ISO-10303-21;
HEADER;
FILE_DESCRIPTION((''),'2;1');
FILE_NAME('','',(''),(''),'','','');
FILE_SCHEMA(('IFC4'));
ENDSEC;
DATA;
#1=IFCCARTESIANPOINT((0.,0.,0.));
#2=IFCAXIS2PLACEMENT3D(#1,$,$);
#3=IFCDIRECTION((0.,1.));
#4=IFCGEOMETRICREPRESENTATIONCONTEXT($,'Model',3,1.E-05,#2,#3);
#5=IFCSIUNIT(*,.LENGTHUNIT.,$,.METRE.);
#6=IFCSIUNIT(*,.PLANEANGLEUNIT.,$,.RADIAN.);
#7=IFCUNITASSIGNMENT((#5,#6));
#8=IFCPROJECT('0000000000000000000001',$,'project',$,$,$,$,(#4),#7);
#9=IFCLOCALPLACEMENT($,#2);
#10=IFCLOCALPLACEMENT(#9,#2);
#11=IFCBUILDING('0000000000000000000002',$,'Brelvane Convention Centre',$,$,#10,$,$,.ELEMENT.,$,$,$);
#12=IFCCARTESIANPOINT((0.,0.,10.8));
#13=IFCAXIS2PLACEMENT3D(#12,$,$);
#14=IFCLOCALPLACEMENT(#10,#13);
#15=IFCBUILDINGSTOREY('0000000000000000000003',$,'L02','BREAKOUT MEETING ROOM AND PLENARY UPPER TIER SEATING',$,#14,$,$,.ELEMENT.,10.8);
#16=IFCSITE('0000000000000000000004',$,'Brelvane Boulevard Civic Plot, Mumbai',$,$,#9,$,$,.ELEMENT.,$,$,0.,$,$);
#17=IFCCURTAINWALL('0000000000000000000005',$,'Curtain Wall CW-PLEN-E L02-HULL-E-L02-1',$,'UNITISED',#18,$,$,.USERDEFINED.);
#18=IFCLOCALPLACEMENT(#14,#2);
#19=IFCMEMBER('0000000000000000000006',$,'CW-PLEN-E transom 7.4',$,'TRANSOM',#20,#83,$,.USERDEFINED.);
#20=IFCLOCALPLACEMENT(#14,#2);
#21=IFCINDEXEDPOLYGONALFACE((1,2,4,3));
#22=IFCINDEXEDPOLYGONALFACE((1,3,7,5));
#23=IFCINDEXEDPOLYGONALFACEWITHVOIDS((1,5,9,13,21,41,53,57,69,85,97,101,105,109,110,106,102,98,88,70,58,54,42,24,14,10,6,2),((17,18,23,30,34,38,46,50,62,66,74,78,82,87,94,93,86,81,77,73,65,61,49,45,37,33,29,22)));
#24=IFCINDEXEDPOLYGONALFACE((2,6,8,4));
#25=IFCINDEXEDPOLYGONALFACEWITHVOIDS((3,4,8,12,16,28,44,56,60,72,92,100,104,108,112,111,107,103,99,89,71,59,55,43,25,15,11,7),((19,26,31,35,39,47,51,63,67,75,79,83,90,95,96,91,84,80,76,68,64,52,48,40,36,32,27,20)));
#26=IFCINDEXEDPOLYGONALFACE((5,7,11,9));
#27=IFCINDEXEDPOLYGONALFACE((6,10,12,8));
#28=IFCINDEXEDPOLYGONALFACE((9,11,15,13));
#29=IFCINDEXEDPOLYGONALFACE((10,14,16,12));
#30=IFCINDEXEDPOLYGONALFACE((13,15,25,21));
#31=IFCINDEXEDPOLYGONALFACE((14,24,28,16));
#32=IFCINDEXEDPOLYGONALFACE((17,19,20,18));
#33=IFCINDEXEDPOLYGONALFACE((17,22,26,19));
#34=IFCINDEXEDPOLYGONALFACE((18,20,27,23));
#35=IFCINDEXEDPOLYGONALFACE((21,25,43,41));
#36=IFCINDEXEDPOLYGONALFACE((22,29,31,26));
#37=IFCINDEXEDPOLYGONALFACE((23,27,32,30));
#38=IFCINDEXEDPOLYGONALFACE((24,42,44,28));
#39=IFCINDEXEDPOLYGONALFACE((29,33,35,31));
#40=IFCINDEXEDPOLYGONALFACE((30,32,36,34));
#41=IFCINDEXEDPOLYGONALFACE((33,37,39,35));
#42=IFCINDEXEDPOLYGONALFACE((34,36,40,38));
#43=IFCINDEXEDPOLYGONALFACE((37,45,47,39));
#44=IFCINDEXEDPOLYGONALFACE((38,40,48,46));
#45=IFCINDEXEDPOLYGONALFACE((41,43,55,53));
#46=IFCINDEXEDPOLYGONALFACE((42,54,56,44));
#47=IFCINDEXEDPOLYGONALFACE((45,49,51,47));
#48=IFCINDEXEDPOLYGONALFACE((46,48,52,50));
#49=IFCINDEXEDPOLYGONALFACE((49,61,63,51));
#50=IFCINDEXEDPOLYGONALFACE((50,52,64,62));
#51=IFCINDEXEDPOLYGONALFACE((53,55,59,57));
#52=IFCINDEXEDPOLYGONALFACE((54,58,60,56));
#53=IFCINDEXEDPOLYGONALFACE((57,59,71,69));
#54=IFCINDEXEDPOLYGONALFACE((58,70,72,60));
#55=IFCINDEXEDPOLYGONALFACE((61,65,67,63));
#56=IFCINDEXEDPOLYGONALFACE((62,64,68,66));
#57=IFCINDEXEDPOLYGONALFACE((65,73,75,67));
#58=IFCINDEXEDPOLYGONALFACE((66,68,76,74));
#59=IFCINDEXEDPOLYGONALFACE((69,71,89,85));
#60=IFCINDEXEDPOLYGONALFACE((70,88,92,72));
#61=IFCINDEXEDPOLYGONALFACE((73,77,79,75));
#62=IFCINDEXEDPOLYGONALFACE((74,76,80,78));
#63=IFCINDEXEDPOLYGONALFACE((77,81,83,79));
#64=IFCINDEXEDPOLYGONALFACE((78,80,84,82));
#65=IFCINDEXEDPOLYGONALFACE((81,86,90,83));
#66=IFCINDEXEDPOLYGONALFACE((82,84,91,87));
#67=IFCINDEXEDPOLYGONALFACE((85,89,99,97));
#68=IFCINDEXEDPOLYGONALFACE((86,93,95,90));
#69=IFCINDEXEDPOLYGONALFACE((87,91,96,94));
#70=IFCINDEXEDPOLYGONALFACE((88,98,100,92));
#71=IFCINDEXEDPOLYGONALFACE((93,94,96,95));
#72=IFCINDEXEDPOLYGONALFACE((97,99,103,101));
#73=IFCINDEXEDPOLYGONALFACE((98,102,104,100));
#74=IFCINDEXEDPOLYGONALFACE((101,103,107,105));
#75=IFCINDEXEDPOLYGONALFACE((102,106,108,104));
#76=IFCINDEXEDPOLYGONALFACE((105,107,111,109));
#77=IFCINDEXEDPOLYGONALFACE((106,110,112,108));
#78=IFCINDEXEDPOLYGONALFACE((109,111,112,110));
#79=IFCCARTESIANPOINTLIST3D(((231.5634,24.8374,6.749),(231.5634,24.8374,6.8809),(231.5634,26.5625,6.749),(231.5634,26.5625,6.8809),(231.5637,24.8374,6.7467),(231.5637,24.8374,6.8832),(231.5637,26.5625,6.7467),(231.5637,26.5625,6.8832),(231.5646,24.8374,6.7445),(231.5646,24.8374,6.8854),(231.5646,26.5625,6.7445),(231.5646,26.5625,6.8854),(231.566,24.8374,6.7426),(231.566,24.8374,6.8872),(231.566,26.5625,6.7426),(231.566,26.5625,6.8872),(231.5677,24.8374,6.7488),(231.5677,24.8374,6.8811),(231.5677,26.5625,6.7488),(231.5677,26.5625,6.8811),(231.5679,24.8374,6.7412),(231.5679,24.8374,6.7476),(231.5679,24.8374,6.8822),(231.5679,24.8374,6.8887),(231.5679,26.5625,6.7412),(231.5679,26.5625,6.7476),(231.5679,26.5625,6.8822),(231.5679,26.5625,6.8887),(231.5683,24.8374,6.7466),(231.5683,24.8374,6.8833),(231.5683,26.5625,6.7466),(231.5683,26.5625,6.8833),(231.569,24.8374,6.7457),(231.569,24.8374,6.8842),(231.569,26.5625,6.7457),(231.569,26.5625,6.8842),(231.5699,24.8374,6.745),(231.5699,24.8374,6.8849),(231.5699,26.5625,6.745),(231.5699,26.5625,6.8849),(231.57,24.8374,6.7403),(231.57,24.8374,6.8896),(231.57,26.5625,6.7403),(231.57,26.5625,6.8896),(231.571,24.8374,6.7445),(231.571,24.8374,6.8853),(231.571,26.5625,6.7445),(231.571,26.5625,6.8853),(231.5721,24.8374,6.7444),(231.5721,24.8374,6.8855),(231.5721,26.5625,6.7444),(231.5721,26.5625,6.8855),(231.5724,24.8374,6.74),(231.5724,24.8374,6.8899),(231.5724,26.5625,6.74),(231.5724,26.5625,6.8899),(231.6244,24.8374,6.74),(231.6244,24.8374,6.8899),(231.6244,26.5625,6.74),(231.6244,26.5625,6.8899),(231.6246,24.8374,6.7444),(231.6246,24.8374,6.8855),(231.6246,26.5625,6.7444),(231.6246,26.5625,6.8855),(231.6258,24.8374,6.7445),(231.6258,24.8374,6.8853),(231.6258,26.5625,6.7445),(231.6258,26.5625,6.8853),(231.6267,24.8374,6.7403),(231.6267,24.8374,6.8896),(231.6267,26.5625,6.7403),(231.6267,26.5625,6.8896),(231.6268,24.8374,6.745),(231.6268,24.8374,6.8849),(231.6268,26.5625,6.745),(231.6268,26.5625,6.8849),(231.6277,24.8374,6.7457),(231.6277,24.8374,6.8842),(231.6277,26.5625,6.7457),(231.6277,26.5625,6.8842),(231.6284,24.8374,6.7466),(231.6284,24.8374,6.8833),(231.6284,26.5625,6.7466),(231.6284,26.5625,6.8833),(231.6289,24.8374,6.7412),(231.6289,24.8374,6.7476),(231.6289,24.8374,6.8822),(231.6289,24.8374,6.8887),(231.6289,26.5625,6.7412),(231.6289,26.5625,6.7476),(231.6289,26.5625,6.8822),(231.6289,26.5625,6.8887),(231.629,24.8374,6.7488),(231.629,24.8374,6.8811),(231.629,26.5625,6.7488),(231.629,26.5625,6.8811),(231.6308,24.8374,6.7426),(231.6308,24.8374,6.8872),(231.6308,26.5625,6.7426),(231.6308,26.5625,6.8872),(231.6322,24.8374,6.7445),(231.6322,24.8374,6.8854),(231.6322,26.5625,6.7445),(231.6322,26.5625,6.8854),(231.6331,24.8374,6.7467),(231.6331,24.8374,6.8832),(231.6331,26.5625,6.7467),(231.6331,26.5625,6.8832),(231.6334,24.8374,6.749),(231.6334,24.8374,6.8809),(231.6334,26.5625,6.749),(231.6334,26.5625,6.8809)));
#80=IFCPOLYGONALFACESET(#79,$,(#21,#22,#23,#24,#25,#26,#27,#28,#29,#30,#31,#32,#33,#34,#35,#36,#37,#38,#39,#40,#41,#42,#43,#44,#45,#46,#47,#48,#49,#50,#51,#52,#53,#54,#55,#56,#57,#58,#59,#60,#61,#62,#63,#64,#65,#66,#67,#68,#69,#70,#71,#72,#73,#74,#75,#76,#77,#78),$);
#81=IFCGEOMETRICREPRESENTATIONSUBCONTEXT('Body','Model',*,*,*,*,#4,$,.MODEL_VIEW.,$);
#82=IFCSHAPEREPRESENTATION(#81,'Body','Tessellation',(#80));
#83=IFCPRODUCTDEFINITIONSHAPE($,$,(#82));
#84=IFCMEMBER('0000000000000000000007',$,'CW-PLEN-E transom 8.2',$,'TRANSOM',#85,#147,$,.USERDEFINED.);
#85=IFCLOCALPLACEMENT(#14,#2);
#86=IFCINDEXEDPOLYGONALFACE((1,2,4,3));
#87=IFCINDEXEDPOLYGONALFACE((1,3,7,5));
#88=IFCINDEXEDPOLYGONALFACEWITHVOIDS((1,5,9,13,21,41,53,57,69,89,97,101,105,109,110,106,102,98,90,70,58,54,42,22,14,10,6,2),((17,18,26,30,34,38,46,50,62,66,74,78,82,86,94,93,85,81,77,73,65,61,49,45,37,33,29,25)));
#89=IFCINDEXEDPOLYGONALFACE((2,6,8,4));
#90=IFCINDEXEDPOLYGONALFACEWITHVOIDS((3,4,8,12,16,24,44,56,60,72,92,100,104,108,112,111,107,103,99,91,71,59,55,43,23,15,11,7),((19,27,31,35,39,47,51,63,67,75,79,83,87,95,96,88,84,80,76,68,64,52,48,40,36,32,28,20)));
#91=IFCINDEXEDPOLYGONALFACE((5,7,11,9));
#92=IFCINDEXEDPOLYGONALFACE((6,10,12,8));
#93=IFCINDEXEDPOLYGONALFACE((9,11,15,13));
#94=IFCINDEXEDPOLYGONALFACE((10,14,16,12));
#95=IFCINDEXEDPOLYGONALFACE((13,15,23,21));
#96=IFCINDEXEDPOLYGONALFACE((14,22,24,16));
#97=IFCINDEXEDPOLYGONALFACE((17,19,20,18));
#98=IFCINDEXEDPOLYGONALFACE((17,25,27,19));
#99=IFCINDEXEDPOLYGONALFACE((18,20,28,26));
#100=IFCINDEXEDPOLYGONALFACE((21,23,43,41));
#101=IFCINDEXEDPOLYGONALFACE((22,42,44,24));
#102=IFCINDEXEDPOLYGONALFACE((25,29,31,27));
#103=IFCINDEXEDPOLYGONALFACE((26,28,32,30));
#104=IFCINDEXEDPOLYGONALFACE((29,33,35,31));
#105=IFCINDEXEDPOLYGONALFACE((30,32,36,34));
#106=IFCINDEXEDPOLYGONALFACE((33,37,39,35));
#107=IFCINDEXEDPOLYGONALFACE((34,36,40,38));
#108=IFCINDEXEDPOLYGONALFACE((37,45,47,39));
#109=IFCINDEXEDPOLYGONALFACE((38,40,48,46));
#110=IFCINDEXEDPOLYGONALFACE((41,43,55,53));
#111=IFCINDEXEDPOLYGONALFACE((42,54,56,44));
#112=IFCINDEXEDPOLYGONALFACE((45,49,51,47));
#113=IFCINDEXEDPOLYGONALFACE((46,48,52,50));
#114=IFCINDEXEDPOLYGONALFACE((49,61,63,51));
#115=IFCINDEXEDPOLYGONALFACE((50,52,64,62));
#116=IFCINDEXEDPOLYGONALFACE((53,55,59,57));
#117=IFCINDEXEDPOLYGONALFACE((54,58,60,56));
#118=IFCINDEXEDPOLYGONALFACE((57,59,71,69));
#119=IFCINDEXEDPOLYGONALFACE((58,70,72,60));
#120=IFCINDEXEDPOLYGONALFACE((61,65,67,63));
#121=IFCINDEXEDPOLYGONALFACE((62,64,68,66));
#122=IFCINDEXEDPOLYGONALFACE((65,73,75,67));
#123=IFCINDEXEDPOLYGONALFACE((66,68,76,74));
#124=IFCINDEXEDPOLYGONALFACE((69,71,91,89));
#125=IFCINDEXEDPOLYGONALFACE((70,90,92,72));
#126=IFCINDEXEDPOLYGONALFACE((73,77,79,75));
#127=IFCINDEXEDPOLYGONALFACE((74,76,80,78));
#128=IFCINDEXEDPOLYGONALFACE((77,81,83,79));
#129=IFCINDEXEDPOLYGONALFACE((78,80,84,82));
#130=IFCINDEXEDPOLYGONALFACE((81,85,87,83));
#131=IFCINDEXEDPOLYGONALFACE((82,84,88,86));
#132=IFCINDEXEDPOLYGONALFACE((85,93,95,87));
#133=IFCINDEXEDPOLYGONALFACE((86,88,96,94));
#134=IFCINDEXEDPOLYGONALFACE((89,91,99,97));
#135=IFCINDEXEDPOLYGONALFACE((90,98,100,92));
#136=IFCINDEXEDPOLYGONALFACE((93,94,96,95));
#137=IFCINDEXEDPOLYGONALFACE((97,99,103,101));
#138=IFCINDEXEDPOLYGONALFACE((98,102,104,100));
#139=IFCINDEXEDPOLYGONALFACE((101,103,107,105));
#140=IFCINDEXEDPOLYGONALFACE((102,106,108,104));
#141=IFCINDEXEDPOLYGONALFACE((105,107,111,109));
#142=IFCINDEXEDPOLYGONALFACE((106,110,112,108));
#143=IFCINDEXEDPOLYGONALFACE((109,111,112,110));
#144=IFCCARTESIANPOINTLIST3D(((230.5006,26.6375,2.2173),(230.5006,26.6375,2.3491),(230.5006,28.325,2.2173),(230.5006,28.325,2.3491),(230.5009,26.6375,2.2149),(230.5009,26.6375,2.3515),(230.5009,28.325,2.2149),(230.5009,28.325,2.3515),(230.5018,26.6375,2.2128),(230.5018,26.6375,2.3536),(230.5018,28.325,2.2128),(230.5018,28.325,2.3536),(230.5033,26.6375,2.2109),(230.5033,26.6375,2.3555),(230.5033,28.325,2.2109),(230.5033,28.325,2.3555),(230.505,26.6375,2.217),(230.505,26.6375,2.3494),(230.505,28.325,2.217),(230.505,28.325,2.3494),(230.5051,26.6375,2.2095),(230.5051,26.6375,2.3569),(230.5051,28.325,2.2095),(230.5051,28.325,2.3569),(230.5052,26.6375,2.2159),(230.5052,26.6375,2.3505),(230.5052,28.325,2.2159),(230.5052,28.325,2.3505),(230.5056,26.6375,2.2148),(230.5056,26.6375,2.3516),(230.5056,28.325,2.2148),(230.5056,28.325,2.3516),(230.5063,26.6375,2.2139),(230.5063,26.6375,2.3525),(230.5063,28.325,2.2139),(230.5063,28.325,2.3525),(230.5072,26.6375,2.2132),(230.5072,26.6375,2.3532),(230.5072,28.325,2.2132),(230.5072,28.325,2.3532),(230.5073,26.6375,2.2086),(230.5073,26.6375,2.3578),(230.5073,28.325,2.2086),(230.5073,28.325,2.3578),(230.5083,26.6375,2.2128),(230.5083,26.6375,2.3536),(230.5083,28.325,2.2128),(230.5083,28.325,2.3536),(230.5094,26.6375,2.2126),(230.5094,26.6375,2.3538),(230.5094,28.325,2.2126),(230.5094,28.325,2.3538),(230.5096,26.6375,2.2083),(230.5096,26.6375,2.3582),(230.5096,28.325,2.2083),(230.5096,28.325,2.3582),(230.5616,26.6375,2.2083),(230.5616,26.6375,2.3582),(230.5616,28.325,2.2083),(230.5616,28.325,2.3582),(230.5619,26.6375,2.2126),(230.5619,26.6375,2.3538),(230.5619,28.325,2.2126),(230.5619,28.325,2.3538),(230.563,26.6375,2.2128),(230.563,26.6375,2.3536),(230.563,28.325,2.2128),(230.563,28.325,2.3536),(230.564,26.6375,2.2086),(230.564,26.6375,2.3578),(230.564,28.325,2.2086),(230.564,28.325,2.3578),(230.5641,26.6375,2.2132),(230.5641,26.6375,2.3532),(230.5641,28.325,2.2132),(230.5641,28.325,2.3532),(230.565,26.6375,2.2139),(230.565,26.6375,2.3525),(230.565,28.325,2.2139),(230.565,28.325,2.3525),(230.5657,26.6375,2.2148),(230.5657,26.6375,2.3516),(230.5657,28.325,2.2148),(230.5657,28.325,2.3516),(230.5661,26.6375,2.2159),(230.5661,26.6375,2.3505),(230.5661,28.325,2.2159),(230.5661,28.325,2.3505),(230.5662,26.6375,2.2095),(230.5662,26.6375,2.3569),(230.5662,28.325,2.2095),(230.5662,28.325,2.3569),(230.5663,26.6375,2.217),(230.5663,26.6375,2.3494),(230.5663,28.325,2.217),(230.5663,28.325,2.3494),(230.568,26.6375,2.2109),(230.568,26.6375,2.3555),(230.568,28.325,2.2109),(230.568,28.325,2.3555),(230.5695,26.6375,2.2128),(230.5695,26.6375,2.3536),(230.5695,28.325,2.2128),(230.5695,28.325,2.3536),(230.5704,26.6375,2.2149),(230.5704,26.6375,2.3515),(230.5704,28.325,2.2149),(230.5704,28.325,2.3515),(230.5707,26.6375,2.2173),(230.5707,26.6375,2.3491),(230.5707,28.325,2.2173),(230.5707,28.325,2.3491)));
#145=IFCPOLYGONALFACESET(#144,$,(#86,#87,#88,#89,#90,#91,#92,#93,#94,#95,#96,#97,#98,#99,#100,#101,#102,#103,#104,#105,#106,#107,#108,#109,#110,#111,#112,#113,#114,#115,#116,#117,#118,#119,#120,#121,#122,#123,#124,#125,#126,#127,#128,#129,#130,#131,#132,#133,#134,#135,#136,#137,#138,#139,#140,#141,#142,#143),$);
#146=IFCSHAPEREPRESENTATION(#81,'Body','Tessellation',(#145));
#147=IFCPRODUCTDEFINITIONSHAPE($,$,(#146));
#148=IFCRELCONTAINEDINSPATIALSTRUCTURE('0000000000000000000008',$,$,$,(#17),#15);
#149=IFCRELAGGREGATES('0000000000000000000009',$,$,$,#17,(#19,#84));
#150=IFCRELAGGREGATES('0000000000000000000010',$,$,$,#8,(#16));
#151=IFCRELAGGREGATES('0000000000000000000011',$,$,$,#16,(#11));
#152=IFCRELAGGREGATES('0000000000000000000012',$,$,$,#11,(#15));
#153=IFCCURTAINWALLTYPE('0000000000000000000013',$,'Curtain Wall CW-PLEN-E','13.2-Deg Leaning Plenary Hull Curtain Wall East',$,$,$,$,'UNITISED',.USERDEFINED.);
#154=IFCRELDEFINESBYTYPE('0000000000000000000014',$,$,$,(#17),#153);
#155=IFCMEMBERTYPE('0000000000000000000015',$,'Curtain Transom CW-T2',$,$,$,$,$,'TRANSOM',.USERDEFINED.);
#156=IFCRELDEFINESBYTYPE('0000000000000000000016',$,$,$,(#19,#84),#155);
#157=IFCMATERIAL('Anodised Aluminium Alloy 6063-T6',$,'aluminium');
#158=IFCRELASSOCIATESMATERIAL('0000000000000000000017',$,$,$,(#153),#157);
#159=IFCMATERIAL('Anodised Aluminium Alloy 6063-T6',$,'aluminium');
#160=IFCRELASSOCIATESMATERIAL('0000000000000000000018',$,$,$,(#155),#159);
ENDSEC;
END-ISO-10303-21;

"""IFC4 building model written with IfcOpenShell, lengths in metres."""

from ifc_helpers import new_model, si_unit, direction, frame, origin, origin_2d, place, context, subcontext, project, spatial, hollow_rectangle, extrude, material, material_profile, profile_set, type_object, element, aggregate, save


model = new_model("IFC4")

# Units and contexts
model_context = context("Model", 3, precision=1e-05, world=origin(), true_north=direction((0.0, 1.0)))
body_context = subcontext(model_context, "Body", "Model", "MODEL_VIEW")
ifc_project = project(units=[si_unit("LENGTHUNIT", "METRE"), si_unit("PLANEANGLEUNIT", "RADIAN")], contexts=[model_context])

# Site, building, storey
site_placement = place(None, origin())
site = spatial("IfcSite", under=ifc_project, at=site_placement, Name="Brelvane Boulevard Civic Plot, Mumbai", CompositionType="ELEMENT", RefElevation=0.0)
building_placement = place(site_placement, origin())
building = spatial("IfcBuilding", under=site, at=building_placement, Name="Brelvane Convention Centre", CompositionType="ELEMENT")
storey_placement = place(building_placement, frame((0.0, 0.0, 10.8)))
storey = spatial("IfcBuildingStorey", under=building, at=storey_placement, Name="L02", Description="BREAKOUT MEETING ROOM AND PLENARY UPPER TIER SEATING", CompositionType="ELEMENT", Elevation=10.8)

# Curtain wall, members
ifc_material_1 = material(Name="Anodised Aluminium Alloy 6063-T6", Category="aluminium")
curtain_wall_type = type_object("IfcCurtainWallType", Name="Curtain Wall CW-PLEN-E", Description="13.2-Deg Leaning Plenary Hull Curtain Wall East", ElementType="UNITISED", PredefinedType="USERDEFINED", material=ifc_material_1)
curtain_wall_1_placement = place(storey_placement, origin())
curtain_wall_1 = element("IfcCurtainWall", 1, at=curtain_wall_1_placement, inside=storey, type_object=curtain_wall_type, Name="Curtain Wall CW-PLEN-E L02-HULL-E-L02-1", ObjectType="UNITISED", PredefinedType="USERDEFINED")
ifc_material_2 = material(Name="Anodised Aluminium Alloy 6063-T6", Category="aluminium")
ifc_material_profile = material_profile(ifc_material_2, hollow_rectangle(XDim=0.0701, YDim=0.1499, WallThickness=0.0044, InnerFilletRadius=0.0044, OuterFilletRadius=0.009, at=origin_2d()), Name="ALU-T 150x70x4.5")
ifc_profile_set = profile_set([ifc_material_profile], Name="Anodised Aluminium Alloy 6063-T6")
member_type = type_object("IfcMemberType", Name="Curtain Transom CW-T2", ElementType="TRANSOM", PredefinedType="USERDEFINED", material=ifc_profile_set)
member_1_placement = place(storey_placement, frame((231.5984, 24.8374, 6.8149), z_axis=(0.0, 1.0, 0.0), x_axis=(-1.0, 0.0, 0.0)))
member_1 = element("IfcMember", 2, at=member_1_placement, type_object=member_type, Name="CW-PLEN-E transom 7.4", ObjectType="TRANSOM", PredefinedType="USERDEFINED", context=body_context, shape_type="SweptSolid", body=[
    extrude(hollow_rectangle(XDim=0.0701, YDim=0.1499, WallThickness=0.0044, InnerFilletRadius=0.0044, OuterFilletRadius=0.009, at=origin_2d()), origin(), (0.0, 0.0, 1.0), 1.7251),
])
member_2_placement = place(storey_placement, frame((230.5356, 26.6375, 2.2832), z_axis=(0.0, 1.0, 0.0), x_axis=(-1.0, 0.0, 0.0)))
member_2 = element("IfcMember", 3, at=member_2_placement, type_object=member_type, Name="CW-PLEN-E transom 8.2", ObjectType="TRANSOM", PredefinedType="USERDEFINED", context=body_context, shape_type="SweptSolid", body=[
    extrude(hollow_rectangle(XDim=0.0701, YDim=0.1499, WallThickness=0.0044, InnerFilletRadius=0.0044, OuterFilletRadius=0.009, at=origin_2d()), origin(), (0.0, 0.0, 1.0), 1.6875),
])

aggregate(curtain_wall_1, [member_1, member_2])

save(model, "model.ifc")
